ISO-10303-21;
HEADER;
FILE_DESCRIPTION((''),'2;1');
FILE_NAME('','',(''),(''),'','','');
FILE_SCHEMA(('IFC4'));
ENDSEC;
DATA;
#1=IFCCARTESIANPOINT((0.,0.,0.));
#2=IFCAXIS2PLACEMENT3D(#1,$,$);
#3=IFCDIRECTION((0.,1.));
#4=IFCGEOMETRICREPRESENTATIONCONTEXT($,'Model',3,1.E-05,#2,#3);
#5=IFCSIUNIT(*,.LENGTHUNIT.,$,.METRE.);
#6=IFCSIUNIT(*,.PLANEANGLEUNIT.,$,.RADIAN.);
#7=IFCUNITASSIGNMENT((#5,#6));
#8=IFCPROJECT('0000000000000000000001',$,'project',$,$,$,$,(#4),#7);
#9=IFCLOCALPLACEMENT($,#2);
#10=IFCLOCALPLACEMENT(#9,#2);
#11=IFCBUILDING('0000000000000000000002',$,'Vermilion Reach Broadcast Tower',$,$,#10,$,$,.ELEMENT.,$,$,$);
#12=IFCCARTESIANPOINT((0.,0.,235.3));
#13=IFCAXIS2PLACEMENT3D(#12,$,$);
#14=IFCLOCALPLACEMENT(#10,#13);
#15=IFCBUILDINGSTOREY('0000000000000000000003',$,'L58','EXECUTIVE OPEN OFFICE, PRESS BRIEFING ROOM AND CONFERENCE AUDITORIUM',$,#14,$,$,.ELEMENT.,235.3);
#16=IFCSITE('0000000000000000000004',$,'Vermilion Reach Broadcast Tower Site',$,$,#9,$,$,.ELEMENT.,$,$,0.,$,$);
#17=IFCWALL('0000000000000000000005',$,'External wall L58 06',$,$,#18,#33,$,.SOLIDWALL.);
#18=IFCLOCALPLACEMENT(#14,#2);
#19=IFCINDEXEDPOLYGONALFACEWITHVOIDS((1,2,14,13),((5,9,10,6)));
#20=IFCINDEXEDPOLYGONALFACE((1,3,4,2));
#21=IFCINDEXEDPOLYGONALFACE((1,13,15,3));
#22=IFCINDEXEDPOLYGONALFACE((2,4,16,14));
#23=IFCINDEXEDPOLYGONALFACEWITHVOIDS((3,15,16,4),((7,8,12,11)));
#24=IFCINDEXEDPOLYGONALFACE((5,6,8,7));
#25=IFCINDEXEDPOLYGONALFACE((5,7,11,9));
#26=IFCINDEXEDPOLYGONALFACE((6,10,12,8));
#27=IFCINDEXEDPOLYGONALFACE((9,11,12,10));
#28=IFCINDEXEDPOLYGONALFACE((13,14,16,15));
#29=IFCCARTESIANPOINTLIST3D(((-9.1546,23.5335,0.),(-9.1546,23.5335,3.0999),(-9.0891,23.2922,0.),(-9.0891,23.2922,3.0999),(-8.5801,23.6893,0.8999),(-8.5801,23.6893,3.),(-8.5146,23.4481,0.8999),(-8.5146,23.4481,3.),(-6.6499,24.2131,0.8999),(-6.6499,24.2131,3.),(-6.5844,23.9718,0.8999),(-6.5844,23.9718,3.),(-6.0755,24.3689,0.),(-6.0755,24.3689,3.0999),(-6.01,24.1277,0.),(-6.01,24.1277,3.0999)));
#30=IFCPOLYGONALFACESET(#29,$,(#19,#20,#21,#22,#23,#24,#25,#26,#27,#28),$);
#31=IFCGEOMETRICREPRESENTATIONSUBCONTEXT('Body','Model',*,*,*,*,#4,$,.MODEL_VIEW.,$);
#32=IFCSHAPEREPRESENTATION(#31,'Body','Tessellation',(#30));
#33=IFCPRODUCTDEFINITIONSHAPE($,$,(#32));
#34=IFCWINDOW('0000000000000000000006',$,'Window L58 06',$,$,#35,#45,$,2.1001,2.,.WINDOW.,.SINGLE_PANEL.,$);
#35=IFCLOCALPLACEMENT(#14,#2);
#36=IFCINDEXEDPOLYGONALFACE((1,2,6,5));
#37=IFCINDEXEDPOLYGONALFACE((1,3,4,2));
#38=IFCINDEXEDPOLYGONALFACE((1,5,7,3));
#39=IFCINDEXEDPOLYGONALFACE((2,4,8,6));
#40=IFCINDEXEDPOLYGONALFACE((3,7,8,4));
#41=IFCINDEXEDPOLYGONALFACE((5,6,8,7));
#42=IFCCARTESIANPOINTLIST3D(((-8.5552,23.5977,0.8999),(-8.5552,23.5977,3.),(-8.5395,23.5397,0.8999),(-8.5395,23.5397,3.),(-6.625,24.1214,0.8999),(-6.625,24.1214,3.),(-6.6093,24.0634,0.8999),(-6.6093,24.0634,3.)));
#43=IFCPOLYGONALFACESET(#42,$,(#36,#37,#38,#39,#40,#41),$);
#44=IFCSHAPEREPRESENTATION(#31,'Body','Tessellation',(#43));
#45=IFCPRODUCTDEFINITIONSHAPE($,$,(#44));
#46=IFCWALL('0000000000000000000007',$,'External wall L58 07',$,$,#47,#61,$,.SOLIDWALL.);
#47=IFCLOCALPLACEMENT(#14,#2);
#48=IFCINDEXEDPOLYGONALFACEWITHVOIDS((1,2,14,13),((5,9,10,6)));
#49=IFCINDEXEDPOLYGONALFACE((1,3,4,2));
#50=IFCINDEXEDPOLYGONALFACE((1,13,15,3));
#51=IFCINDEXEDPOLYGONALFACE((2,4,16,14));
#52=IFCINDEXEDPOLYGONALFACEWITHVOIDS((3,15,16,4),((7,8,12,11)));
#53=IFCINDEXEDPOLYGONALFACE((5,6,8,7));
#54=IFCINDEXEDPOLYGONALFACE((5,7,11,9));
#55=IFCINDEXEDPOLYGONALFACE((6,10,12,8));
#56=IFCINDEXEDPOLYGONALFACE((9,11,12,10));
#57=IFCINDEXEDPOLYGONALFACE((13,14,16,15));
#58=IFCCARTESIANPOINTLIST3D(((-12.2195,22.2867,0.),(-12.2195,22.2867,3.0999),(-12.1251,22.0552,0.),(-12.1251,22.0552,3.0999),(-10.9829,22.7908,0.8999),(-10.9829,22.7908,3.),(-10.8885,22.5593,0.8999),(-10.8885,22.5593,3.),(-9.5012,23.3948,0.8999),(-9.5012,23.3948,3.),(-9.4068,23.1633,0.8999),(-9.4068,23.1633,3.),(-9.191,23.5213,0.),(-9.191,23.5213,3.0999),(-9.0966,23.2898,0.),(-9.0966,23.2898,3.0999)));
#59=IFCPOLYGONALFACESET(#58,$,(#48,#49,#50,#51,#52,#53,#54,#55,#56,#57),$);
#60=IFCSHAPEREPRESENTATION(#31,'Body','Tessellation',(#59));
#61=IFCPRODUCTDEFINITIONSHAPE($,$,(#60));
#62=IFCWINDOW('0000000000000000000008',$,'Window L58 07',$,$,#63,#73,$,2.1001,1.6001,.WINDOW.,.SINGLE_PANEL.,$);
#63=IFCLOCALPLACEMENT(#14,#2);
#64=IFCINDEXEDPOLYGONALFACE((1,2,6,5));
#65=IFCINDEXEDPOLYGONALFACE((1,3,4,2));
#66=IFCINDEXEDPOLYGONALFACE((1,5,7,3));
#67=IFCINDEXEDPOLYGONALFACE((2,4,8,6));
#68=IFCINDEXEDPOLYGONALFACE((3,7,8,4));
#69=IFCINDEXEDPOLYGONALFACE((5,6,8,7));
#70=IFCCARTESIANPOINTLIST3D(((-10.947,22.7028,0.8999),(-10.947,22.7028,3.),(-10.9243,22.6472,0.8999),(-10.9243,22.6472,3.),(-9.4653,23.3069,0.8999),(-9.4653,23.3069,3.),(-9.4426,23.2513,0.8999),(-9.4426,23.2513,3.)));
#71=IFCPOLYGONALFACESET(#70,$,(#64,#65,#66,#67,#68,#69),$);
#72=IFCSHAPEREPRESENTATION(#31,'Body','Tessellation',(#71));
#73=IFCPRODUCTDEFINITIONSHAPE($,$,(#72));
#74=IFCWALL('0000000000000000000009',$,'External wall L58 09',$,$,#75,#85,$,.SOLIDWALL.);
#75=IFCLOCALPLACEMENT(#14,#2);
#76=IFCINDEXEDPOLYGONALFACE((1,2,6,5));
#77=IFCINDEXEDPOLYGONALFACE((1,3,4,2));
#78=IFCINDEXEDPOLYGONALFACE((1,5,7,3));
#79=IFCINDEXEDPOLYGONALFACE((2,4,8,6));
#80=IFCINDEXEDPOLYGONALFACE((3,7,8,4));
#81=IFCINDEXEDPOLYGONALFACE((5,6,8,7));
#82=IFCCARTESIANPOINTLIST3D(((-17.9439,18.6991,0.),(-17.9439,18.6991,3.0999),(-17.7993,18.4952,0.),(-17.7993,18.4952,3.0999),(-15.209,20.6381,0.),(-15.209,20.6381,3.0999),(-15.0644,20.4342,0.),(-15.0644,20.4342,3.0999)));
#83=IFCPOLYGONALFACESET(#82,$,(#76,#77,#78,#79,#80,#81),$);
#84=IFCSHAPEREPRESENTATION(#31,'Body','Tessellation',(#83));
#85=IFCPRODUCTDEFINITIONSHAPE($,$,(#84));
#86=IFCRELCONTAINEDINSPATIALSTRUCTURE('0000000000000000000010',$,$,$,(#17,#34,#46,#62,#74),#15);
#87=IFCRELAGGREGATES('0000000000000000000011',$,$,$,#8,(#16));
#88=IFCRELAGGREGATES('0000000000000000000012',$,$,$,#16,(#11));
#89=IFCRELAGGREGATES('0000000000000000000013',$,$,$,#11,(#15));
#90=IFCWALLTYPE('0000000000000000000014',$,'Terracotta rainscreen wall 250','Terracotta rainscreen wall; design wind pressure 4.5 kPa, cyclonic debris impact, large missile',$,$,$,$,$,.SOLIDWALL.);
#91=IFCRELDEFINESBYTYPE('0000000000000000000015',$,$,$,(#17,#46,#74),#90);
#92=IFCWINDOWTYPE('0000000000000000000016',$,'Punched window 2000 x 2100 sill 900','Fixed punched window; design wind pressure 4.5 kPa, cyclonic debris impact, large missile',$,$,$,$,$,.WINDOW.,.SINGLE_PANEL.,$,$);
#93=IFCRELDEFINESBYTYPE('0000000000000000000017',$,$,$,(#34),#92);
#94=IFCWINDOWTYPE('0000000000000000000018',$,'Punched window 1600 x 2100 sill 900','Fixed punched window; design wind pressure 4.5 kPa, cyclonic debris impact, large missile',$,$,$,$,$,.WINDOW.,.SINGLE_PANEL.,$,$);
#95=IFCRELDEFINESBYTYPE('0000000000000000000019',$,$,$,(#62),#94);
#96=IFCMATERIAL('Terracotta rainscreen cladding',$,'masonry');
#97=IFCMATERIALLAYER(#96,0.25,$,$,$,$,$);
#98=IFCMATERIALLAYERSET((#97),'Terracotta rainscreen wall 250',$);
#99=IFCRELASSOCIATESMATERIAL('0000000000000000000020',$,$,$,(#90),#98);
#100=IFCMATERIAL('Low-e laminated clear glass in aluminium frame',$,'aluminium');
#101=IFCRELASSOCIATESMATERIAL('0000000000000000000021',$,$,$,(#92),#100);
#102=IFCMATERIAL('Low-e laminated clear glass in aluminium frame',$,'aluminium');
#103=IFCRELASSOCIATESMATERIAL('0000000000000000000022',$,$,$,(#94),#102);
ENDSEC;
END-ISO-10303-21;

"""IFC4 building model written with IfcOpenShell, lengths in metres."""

from ifc_helpers import new_model, si_unit, direction, frame, frame_2d, origin, place, context, subcontext, project, spatial, rectangle, extrude, material, layer, layer_set, type_object, element, fill, save


model = new_model("IFC4")

# Units and contexts
model_context = context("Model", 3, precision=1e-05, world=origin(), true_north=direction((0.0, 1.0)))
body_context = subcontext(model_context, "Body", "Model", "MODEL_VIEW")
ifc_project = project(units=[si_unit("LENGTHUNIT", "METRE"), si_unit("PLANEANGLEUNIT", "RADIAN")], contexts=[model_context])

# Site, building, storey
site_placement = place(None, origin())
site = spatial("IfcSite", under=ifc_project, at=site_placement, Name="Vermilion Reach Broadcast Tower Site", CompositionType="ELEMENT", RefElevation=0.0)
building_placement = place(site_placement, origin())
building = spatial("IfcBuilding", under=site, at=building_placement, Name="Vermilion Reach Broadcast Tower", CompositionType="ELEMENT")
storey_placement = place(building_placement, frame((0.0, 0.0, 235.3)))
storey = spatial("IfcBuildingStorey", under=building, at=storey_placement, Name="L58", Description="EXECUTIVE OPEN OFFICE, PRESS BRIEFING ROOM AND CONFERENCE AUDITORIUM", CompositionType="ELEMENT", Elevation=235.3)

# Walls, openings, windows
ifc_material_1 = material(Name="Terracotta rainscreen cladding", Category="masonry")
ifc_layer_1 = layer(ifc_material_1, 0.25)
ifc_layer_set_1 = layer_set([ifc_layer_1], Name="Terracotta rainscreen wall 250")
wall_type_1 = type_object("IfcWallType", Name="Terracotta rainscreen wall 250", Description="Terracotta rainscreen wall; design wind pressure 4.5 kPa, cyclonic debris impact, large missile", PredefinedType="SOLIDWALL", material=ifc_layer_set_1)
wall_1_placement = place(storey_placement, frame((-6.0427, 24.2483, 0.0), z_axis=(0.0, 0.0, 1.0), x_axis=(-0.965106, -0.261861, 0.0)))
wall_1 = element("IfcWall", 1, at=wall_1_placement, inside=storey, type_object=wall_type_1, Name="External wall L58 06", PredefinedType="SOLIDWALL", context=body_context, shape_type="SweptSolid", body=[
    extrude(rectangle(XDim=3.1904, YDim=0.25, at=frame_2d((1.5952, 0.0))), origin(), (0.0, 0.0, 1.0), 3.0999),
])
opening_1_placement = place(wall_1_placement, frame((0.5952, 0.0, 0.8999)))
opening_1 = element("IfcOpeningElement", 2, at=opening_1_placement, cuts=wall_1, PredefinedType="OPENING", context=body_context, shape_type="SweptSolid", body=[
    extrude(rectangle(XDim=2.0, YDim=2.1001, at=frame_2d((1.0, 1.05))), frame((0.0, 0.135, 0.0), z_axis=(0.0, -1.0, 0.0), x_axis=(1.0, 0.0, 0.0)), (0.0, 0.0, 1.0), 0.27),
])
ifc_material_2 = material(Name="Low-e laminated clear glass in aluminium frame", Category="aluminium")
window_type_1 = type_object("IfcWindowType", Name="Punched window 2000 x 2100 sill 900", Description="Fixed punched window; design wind pressure 4.5 kPa, cyclonic debris impact, large missile", PartitioningType="SINGLE_PANEL", PredefinedType="WINDOW", material=ifc_material_2)
window_1_placement = place(opening_1_placement, origin())
window_1 = element("IfcWindow", 3, at=window_1_placement, inside=storey, type_object=window_type_1, Name="Window L58 06", OverallHeight=2.1001, OverallWidth=2.0, PartitioningType="SINGLE_PANEL", PredefinedType="WINDOW", context=body_context, shape_type="SweptSolid", body=[
    extrude(rectangle(XDim=2.0, YDim=2.1001, at=frame_2d((1.0, 1.05))), frame((0.0, 0.03, 0.0), z_axis=(0.0, -1.0, 0.0), x_axis=(1.0, 0.0, 0.0)), (0.0, 0.0, 1.0), 0.0601),
])
fill(opening_1, window_1)
wall_2_placement = place(storey_placement, frame((-9.1438, 23.4055, 0.0), z_axis=(0.0, 0.0, 1.0), x_axis=(-0.926011, -0.377496, 0.0)))
wall_2 = element("IfcWall", 4, at=wall_2_placement, inside=storey, type_object=wall_type_1, Name="External wall L58 07", PredefinedType="SOLIDWALL", context=body_context, shape_type="SweptSolid", body=[
    extrude(rectangle(XDim=3.2705, YDim=0.25, at=frame_2d((1.6353, 0.0))), origin(), (0.0, 0.0, 1.0), 3.0999),
])
opening_2_placement = place(wall_2_placement, frame((0.335, 0.0, 0.8999)))
opening_2 = element("IfcOpeningElement", 5, at=opening_2_placement, cuts=wall_2, PredefinedType="OPENING", context=body_context, shape_type="SweptSolid", body=[
    extrude(rectangle(XDim=1.6001, YDim=2.1001, at=frame_2d((0.8, 1.05))), frame((0.0, 0.135, 0.0), z_axis=(0.0, -1.0, 0.0), x_axis=(1.0, 0.0, 0.0)), (0.0, 0.0, 1.0), 0.27),
])
ifc_material_3 = material(Name="Low-e laminated clear glass in aluminium frame", Category="aluminium")
window_type_2 = type_object("IfcWindowType", Name="Punched window 1600 x 2100 sill 900", Description="Fixed punched window; design wind pressure 4.5 kPa, cyclonic debris impact, large missile", PartitioningType="SINGLE_PANEL", PredefinedType="WINDOW", material=ifc_material_3)
window_2_placement = place(opening_2_placement, origin())
window_2 = element("IfcWindow", 6, at=window_2_placement, inside=storey, type_object=window_type_2, Name="Window L58 07", OverallHeight=2.1001, OverallWidth=1.6001, PartitioningType="SINGLE_PANEL", PredefinedType="WINDOW", context=body_context, shape_type="SweptSolid", body=[
    extrude(rectangle(XDim=1.6001, YDim=2.1001, at=frame_2d((0.8, 1.05))), frame((0.0, 0.03, 0.0), z_axis=(0.0, -1.0, 0.0), x_axis=(1.0, 0.0, 0.0)), (0.0, 0.0, 1.0), 0.0601),
])
fill(opening_2, window_2)

# Wall
wall_3_placement = place(storey_placement, frame((-15.1367, 20.5361, 0.0), z_axis=(0.0, 0.0, 1.0), x_axis=(-0.815775, -0.578369, 0.0)))
element("IfcWall", 7, at=wall_3_placement, inside=storey, type_object=wall_type_1, Name="External wall L58 09", PredefinedType="SOLIDWALL", context=body_context, shape_type="SweptSolid", body=[
    extrude(rectangle(XDim=3.3525, YDim=0.25, at=frame_2d((1.6763, 0.0))), origin(), (0.0, 0.0, 1.0), 3.0999),
])

save(model, "model.ifc")
